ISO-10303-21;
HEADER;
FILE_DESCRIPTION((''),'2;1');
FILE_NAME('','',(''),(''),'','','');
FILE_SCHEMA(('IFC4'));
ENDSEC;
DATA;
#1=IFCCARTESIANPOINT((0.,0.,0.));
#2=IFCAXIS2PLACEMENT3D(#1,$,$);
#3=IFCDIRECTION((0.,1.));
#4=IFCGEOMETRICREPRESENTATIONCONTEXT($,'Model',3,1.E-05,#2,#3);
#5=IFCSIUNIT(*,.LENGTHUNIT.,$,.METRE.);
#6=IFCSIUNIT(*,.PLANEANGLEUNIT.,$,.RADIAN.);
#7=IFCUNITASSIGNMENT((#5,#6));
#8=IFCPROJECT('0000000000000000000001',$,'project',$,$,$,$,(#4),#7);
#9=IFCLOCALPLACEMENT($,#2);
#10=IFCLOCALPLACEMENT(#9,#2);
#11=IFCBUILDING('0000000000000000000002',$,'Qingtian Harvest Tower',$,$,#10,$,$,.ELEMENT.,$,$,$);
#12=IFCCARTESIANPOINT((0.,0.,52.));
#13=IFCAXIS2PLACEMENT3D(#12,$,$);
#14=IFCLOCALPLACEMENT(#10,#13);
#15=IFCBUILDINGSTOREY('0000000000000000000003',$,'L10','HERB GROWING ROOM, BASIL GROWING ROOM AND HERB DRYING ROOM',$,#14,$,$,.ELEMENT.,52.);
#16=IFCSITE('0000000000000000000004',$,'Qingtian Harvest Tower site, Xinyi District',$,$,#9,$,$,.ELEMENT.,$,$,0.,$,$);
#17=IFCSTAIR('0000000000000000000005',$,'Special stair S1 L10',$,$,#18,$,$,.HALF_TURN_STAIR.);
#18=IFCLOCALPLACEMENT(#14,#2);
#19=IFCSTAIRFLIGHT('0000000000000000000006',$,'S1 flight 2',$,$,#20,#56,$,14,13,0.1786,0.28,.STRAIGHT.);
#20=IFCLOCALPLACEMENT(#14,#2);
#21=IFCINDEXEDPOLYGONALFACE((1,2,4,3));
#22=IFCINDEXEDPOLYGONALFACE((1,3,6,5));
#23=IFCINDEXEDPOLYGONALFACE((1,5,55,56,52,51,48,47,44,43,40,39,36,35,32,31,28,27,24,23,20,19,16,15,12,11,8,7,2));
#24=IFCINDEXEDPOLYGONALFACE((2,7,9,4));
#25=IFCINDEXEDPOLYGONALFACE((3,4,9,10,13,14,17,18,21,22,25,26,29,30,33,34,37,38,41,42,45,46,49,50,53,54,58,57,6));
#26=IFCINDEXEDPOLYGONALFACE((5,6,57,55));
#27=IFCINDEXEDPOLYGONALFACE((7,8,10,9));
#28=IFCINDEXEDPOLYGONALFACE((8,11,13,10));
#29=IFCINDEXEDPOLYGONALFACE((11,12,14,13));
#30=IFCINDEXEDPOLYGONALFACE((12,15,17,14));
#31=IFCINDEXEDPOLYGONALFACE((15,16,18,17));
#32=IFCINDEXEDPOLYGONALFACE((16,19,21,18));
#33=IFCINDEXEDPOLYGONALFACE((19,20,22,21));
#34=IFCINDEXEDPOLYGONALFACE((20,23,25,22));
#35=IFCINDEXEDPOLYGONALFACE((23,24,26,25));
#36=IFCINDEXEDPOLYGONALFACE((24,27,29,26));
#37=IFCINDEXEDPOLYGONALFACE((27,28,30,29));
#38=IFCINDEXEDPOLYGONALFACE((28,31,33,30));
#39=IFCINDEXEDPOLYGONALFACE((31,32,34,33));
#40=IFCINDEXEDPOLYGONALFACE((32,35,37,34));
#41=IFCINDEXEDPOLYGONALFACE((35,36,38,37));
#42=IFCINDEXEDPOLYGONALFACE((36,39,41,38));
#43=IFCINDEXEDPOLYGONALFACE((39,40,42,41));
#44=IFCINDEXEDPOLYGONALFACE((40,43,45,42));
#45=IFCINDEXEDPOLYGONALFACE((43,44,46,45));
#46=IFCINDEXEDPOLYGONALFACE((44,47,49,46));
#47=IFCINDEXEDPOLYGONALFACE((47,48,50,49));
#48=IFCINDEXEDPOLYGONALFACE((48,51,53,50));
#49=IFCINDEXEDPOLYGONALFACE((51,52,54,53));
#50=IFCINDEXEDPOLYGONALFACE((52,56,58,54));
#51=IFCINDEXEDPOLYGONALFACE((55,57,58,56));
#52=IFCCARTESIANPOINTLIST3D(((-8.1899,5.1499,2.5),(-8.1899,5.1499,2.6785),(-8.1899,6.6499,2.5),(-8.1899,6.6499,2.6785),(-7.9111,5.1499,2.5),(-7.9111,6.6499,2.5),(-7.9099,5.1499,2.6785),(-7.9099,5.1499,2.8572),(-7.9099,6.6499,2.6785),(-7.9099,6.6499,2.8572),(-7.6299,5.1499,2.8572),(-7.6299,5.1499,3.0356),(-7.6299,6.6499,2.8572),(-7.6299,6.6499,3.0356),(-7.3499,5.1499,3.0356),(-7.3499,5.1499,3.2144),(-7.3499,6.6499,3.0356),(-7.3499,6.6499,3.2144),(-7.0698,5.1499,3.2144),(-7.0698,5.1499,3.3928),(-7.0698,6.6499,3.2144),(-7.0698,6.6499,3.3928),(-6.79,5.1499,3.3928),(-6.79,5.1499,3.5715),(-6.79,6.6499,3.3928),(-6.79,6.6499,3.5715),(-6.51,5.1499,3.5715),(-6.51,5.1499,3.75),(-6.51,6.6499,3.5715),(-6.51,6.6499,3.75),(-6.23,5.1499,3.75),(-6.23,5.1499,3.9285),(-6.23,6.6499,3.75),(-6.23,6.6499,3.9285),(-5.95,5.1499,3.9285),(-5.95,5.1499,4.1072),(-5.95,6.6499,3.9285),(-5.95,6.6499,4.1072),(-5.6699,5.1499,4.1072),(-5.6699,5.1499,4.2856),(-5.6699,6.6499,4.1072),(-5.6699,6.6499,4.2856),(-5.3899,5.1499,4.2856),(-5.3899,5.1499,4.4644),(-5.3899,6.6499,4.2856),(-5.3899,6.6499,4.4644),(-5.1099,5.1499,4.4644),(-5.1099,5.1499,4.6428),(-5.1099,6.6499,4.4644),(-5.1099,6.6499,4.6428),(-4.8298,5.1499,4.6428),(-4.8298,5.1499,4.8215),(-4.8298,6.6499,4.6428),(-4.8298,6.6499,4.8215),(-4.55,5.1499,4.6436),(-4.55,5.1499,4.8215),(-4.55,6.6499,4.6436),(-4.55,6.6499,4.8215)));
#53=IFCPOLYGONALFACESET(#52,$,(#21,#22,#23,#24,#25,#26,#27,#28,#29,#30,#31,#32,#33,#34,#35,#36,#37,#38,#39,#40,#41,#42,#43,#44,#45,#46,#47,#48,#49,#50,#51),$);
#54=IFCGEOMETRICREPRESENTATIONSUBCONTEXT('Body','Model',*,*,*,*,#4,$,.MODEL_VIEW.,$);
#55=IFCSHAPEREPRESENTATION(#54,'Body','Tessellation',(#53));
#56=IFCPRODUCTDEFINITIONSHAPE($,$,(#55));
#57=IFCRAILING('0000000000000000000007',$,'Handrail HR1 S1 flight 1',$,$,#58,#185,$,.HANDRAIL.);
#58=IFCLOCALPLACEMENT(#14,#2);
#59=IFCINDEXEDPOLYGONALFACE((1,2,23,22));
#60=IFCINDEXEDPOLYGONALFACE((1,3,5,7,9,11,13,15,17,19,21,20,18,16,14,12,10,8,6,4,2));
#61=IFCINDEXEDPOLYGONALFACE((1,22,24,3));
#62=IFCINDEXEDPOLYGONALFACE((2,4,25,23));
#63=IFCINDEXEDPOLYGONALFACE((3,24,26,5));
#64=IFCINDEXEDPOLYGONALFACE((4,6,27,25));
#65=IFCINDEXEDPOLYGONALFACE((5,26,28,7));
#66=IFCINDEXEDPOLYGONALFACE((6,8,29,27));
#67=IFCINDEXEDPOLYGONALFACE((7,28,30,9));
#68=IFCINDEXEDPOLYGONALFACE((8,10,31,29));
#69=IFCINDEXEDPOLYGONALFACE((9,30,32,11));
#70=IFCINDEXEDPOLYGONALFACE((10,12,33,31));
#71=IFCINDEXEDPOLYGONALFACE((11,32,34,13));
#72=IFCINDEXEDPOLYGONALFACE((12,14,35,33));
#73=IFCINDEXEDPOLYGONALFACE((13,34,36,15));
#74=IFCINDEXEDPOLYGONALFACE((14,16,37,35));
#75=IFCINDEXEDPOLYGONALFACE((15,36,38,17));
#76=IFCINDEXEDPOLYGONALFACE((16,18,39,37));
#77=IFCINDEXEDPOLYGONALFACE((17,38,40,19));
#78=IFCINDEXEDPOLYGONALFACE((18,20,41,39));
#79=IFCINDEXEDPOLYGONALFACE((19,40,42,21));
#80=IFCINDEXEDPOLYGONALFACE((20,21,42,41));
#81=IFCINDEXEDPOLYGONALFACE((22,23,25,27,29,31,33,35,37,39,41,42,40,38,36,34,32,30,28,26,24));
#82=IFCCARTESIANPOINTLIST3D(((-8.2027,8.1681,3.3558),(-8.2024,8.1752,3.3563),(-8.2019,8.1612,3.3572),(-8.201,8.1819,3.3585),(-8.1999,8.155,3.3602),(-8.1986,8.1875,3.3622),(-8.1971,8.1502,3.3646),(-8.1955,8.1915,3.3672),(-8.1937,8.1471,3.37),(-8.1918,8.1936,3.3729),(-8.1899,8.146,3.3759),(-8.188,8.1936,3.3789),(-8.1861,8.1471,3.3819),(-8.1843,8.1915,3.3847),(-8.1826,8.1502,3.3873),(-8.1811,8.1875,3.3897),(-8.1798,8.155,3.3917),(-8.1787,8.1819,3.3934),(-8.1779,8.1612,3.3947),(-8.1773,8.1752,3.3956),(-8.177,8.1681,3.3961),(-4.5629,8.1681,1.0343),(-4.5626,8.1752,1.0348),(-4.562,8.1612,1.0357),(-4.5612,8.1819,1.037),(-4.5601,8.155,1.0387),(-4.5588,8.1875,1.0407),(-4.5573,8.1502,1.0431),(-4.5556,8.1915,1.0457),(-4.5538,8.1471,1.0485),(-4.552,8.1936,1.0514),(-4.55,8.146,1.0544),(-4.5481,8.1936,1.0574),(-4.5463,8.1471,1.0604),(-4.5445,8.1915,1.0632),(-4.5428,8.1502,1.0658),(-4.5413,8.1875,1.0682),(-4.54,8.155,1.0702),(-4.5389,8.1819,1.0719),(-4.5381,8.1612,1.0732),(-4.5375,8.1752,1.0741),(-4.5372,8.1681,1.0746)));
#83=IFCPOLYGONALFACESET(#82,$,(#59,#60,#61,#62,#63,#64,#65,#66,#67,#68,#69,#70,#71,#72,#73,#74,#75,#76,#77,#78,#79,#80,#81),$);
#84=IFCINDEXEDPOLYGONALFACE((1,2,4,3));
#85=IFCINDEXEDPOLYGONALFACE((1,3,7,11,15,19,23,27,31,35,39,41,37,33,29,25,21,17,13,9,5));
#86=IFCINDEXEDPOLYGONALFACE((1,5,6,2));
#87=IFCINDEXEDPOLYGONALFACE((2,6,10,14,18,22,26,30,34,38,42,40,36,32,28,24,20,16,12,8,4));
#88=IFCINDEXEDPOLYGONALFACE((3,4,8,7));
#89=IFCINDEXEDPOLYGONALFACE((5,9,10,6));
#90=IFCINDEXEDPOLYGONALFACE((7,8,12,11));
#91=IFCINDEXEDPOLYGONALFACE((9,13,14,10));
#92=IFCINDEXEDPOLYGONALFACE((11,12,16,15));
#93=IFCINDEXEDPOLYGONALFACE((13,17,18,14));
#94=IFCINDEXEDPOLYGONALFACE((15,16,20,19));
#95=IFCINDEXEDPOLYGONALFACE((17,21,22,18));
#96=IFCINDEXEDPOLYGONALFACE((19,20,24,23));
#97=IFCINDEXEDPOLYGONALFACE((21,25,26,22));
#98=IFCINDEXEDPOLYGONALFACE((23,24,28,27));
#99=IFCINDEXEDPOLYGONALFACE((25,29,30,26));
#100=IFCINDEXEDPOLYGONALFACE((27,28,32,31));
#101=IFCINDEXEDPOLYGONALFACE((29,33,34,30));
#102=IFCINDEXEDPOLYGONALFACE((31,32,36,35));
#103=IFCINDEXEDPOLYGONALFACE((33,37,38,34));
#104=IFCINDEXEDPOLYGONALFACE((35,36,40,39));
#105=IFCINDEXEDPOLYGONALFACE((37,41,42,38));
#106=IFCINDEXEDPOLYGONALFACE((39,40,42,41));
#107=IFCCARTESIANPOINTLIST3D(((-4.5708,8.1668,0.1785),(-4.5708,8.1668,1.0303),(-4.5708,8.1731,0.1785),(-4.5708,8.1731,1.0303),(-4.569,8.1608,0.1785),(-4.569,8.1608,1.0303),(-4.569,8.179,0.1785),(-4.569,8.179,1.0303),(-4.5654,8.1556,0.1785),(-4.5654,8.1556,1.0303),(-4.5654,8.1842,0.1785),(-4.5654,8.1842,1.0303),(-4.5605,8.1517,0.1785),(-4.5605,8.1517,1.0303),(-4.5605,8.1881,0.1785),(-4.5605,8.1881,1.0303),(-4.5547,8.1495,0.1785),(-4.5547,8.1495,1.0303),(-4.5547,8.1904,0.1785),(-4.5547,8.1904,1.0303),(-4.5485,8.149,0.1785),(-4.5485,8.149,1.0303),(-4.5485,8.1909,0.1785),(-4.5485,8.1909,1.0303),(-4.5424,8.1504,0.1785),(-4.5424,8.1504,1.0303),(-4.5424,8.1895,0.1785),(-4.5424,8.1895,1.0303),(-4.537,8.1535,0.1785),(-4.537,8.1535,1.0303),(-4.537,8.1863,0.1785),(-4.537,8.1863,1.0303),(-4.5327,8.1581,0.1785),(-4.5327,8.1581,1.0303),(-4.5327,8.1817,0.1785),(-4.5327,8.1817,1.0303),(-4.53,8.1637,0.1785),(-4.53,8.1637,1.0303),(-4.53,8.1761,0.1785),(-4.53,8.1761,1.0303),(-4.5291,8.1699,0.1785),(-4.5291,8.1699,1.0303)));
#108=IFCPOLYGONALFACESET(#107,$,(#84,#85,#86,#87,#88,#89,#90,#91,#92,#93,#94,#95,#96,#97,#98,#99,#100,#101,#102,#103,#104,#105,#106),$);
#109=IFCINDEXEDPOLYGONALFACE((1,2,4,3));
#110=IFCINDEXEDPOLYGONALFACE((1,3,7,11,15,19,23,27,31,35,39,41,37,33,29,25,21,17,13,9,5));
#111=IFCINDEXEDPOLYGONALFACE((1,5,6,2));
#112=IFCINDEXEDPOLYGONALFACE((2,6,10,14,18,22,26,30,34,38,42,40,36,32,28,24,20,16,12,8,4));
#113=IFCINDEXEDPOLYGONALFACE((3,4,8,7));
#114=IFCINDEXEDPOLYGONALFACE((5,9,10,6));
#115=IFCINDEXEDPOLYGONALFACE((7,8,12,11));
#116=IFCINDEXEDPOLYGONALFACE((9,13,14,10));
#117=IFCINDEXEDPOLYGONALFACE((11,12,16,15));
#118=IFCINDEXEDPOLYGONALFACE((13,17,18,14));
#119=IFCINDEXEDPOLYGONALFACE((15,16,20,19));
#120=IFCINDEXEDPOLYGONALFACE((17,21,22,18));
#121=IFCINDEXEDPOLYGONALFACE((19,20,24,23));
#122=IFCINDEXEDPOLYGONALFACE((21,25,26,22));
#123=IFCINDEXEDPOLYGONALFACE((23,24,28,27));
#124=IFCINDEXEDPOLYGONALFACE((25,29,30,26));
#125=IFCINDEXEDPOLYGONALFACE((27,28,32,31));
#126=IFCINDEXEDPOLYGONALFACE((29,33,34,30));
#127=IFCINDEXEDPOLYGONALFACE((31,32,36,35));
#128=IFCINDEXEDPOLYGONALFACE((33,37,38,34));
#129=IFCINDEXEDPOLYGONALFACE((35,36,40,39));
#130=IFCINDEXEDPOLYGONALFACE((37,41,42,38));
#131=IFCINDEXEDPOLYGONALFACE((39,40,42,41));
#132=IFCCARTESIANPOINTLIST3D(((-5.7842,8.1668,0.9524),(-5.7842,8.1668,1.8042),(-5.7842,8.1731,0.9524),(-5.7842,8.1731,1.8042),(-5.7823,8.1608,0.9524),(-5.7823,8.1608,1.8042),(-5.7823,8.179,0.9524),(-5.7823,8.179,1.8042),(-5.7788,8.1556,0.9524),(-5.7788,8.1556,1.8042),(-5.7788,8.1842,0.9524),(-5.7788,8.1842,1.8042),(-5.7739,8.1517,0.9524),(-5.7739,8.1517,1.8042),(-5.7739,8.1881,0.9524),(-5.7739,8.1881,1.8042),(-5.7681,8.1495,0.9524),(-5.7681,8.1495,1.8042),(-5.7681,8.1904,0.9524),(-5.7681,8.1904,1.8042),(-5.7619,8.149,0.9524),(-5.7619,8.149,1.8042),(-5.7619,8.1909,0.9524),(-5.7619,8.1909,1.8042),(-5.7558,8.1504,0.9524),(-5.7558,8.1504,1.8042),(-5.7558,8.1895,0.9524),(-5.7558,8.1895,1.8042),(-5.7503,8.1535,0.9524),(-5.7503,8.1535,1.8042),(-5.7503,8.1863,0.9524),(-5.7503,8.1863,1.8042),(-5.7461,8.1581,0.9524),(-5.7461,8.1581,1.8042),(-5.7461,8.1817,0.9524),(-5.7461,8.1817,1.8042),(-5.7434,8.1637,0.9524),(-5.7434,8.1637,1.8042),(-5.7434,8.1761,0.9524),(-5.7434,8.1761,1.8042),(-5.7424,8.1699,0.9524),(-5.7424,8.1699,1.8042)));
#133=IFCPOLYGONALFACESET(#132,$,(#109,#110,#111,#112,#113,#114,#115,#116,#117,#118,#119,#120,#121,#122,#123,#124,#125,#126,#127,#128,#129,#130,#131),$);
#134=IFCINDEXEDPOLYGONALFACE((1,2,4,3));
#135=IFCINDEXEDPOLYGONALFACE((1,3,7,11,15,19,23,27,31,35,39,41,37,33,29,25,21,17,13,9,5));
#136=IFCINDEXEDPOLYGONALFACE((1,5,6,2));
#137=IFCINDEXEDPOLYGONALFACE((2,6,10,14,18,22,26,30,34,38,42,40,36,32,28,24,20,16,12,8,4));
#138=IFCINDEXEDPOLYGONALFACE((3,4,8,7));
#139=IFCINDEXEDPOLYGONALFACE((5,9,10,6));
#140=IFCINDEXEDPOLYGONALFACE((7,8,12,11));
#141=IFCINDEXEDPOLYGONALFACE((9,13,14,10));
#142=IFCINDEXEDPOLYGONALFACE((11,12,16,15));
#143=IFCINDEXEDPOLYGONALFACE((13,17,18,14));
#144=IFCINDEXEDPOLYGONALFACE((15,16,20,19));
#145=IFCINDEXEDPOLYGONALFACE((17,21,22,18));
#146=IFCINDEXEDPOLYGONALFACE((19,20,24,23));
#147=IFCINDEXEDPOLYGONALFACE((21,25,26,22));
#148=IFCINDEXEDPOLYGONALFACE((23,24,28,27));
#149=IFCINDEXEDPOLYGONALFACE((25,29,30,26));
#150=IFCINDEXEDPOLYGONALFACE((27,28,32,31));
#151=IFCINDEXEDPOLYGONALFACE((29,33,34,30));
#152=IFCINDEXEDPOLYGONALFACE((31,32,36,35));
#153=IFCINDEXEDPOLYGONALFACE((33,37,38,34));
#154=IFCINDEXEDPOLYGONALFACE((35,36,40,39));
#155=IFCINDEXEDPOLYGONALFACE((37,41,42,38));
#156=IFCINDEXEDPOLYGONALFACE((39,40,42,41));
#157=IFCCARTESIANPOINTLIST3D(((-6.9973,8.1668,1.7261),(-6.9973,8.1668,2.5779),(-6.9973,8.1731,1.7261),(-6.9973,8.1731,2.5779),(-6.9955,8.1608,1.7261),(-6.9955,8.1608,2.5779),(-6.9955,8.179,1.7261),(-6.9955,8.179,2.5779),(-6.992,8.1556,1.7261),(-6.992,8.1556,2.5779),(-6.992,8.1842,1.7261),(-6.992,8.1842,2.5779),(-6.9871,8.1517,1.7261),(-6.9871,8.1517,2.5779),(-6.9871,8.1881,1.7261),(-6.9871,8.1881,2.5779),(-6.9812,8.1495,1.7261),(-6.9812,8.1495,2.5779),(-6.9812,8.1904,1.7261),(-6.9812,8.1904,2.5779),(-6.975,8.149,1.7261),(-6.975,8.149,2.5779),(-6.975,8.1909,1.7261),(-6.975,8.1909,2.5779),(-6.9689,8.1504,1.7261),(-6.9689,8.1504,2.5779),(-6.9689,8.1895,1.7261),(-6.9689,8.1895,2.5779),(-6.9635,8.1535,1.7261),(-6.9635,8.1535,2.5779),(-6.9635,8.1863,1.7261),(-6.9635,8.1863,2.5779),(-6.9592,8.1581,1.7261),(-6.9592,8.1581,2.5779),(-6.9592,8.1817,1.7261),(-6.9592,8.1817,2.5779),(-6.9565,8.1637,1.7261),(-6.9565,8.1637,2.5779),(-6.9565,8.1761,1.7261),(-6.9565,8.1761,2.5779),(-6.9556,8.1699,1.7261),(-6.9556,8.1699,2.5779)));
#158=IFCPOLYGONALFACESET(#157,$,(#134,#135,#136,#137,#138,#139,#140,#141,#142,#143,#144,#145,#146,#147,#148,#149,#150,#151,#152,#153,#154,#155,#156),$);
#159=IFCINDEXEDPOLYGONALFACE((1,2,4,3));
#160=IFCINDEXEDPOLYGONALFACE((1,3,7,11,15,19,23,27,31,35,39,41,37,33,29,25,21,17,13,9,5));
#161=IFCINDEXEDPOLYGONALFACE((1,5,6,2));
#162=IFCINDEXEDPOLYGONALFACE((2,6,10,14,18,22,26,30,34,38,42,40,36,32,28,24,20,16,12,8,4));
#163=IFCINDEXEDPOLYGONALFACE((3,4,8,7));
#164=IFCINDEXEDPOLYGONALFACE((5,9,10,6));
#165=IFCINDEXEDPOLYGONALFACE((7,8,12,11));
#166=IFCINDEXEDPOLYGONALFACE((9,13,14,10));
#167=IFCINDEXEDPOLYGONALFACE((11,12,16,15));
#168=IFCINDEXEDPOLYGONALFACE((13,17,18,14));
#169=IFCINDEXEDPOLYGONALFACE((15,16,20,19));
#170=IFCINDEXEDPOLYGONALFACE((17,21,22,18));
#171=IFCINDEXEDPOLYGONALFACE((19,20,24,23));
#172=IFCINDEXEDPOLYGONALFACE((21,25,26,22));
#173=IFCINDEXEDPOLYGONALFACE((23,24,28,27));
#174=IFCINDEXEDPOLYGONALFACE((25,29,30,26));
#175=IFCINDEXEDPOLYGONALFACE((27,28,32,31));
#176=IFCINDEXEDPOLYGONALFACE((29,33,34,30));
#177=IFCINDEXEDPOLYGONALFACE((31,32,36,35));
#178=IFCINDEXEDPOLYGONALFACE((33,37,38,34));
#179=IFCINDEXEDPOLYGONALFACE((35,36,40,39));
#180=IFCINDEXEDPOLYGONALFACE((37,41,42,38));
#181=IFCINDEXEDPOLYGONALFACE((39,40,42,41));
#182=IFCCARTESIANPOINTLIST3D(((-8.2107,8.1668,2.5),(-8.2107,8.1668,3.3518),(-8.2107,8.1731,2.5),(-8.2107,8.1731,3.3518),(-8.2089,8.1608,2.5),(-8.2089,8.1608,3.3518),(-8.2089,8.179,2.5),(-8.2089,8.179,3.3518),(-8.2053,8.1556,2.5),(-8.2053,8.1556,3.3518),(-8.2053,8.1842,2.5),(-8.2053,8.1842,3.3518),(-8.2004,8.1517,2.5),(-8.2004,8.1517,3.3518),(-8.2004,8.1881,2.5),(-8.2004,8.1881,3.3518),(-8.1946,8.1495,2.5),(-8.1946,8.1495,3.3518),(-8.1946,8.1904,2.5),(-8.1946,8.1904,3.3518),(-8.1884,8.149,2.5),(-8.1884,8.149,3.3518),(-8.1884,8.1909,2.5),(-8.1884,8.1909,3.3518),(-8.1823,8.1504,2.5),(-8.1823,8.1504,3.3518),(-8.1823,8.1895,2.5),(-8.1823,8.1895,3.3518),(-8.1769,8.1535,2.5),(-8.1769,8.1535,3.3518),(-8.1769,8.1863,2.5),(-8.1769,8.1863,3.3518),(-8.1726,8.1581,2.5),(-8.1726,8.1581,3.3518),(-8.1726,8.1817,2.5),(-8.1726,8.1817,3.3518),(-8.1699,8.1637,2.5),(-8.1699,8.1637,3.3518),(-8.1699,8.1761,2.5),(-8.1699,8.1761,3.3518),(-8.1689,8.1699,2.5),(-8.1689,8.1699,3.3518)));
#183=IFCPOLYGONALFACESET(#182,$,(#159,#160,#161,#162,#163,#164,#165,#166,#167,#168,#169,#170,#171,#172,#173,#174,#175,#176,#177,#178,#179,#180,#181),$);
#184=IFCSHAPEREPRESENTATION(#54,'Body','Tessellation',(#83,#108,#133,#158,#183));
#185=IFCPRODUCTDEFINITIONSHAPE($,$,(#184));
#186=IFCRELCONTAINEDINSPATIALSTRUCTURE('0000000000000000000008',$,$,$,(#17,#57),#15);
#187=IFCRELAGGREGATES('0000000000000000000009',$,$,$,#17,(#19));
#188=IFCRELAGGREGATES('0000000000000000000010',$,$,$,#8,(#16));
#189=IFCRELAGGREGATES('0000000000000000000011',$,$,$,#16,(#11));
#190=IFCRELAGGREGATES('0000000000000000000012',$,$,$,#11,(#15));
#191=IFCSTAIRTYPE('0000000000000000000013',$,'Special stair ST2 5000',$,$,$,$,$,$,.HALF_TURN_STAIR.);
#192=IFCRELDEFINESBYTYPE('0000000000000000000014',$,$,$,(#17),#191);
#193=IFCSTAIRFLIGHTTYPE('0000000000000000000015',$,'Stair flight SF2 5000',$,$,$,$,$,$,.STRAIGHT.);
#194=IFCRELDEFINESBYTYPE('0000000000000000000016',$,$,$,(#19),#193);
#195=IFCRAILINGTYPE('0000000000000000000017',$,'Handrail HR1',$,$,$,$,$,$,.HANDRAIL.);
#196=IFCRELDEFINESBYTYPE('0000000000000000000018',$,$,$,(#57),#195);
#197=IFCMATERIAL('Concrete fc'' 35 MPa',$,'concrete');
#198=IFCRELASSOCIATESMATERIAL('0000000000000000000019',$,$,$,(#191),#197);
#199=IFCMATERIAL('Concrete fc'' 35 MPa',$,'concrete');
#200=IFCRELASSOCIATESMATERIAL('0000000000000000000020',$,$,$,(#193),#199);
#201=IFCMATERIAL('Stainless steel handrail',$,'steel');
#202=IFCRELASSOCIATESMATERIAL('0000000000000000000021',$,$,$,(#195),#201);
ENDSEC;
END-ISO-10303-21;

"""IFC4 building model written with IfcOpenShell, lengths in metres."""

from ifc_helpers import new_model, si_unit, direction, frame, origin, origin_2d, place, context, subcontext, project, spatial, polyline, circle, outline, extrude, material, type_object, element, aggregate, save


model = new_model("IFC4")

# Units and contexts
model_context = context("Model", 3, precision=1e-05, world=origin(), true_north=direction((0.0, 1.0)))
body_context = subcontext(model_context, "Body", "Model", "MODEL_VIEW")
ifc_project = project(units=[si_unit("LENGTHUNIT", "METRE"), si_unit("PLANEANGLEUNIT", "RADIAN")], contexts=[model_context])

# Site, building, storey
site_placement = place(None, origin())
site = spatial("IfcSite", under=ifc_project, at=site_placement, Name="Qingtian Harvest Tower site, Xinyi District", CompositionType="ELEMENT", RefElevation=0.0)
building_placement = place(site_placement, origin())
building = spatial("IfcBuilding", under=site, at=building_placement, Name="Qingtian Harvest Tower", CompositionType="ELEMENT")
storey_placement = place(building_placement, frame((0.0, 0.0, 52.0)))
storey = spatial("IfcBuildingStorey", under=building, at=storey_placement, Name="L10", Description="HERB GROWING ROOM, BASIL GROWING ROOM AND HERB DRYING ROOM", CompositionType="ELEMENT", Elevation=52.0)

# Stair, stair flight
ifc_material_1 = material(Name="Concrete fc' 35 MPa", Category="concrete")
stair_type = type_object("IfcStairType", Name="Special stair ST2 5000", PredefinedType="HALF_TURN_STAIR", material=ifc_material_1)
stair_placement = place(storey_placement, origin())
stair = element("IfcStair", 1, at=stair_placement, inside=storey, type_object=stair_type, Name="Special stair S1 L10", PredefinedType="HALF_TURN_STAIR")
ifc_material_2 = material(Name="Concrete fc' 35 MPa", Category="concrete")
stair_flight_type = type_object("IfcStairFlightType", Name="Stair flight SF2 5000", PredefinedType="STRAIGHT", material=ifc_material_2)
stair_flight_1_placement = place(storey_placement, frame((-8.1899, 5.8999, 2.5), z_axis=(0.0, 0.0, 1.0), x_axis=(1.0, 0.0, 0.0)))
stair_flight_1 = element("IfcStairFlight", 2, at=stair_flight_1_placement, type_object=stair_flight_type, Name="S1 flight 2", NumberOfRisers=14, NumberOfTreads=13, PredefinedType="STRAIGHT", RiserHeight=0.1786, TreadLength=0.28, context=body_context, shape_type="SweptSolid", body=[
    extrude(outline(polyline([(0.0, 0.0), (0.0, 0.1785), (0.28, 0.1785), (0.28, 0.3572), (0.5601, 0.3572), (0.5601, 0.5356), (0.8401, 0.5356), (0.8401, 0.7144), (1.1201, 0.7144), (1.1201, 0.8928), (1.3999, 0.8928), (1.3999, 1.0715), (1.6799, 1.0715), (1.6799, 1.25), (1.96, 1.25), (1.96, 1.4285), (2.24, 1.4285), (2.24, 1.6072), (2.52, 1.6072), (2.52, 1.7856), (2.8, 1.7856), (2.8, 1.9644), (3.0801, 1.9644), (3.0801, 2.1428), (3.3601, 2.1428), (3.3601, 2.3215), (3.6399, 2.3215), (3.6399, 2.5), (3.6399, 2.1436), (0.2788, 0.0), (0.0, 0.0)])), frame((0.0, 0.75, 0.0), z_axis=(0.0, -1.0, 0.0), x_axis=(1.0, 0.0, 0.0)), (0.0, 0.0, 1.0), 1.5),
])
aggregate(stair, [stair_flight_1])

# Railing
ifc_material_3 = material(Name="Stainless steel handrail", Category="steel")
railing_type = type_object("IfcRailingType", Name="Handrail HR1", PredefinedType="HANDRAIL", material=ifc_material_3)
railing_1_placement = place(storey_placement, frame((-4.55, 8.1699, 0.1785)))
element("IfcRailing", 3, at=railing_1_placement, inside=storey, type_object=railing_type, Name="Handrail HR1 S1 flight 1", PredefinedType="HANDRAIL", context=body_context, shape_type="SweptSolid", body=[
    extrude(circle(Radius=0.0239, at=origin_2d()), frame((0.0, 0.0, 0.876), z_axis=(-0.843112, 0.0, 0.537739), x_axis=(0.0, -1.0, 0.0)), (0.0, 0.0, 1.0), 4.3171),
    extrude(circle(Radius=0.021, at=origin_2d()), origin(), (0.0, 0.0, 1.0), 0.8518),
    extrude(circle(Radius=0.021, at=origin_2d()), frame((-1.2134, 0.0, 0.7739)), (0.0, 0.0, 1.0), 0.8518),
    extrude(circle(Radius=0.021, at=origin_2d()), frame((-2.4265, 0.0, 1.5476)), (0.0, 0.0, 1.0), 0.8518),
    extrude(circle(Radius=0.021, at=origin_2d()), frame((-3.6399, 0.0, 2.3215)), (0.0, 0.0, 1.0), 0.8518),
])

save(model, "model.ifc")
